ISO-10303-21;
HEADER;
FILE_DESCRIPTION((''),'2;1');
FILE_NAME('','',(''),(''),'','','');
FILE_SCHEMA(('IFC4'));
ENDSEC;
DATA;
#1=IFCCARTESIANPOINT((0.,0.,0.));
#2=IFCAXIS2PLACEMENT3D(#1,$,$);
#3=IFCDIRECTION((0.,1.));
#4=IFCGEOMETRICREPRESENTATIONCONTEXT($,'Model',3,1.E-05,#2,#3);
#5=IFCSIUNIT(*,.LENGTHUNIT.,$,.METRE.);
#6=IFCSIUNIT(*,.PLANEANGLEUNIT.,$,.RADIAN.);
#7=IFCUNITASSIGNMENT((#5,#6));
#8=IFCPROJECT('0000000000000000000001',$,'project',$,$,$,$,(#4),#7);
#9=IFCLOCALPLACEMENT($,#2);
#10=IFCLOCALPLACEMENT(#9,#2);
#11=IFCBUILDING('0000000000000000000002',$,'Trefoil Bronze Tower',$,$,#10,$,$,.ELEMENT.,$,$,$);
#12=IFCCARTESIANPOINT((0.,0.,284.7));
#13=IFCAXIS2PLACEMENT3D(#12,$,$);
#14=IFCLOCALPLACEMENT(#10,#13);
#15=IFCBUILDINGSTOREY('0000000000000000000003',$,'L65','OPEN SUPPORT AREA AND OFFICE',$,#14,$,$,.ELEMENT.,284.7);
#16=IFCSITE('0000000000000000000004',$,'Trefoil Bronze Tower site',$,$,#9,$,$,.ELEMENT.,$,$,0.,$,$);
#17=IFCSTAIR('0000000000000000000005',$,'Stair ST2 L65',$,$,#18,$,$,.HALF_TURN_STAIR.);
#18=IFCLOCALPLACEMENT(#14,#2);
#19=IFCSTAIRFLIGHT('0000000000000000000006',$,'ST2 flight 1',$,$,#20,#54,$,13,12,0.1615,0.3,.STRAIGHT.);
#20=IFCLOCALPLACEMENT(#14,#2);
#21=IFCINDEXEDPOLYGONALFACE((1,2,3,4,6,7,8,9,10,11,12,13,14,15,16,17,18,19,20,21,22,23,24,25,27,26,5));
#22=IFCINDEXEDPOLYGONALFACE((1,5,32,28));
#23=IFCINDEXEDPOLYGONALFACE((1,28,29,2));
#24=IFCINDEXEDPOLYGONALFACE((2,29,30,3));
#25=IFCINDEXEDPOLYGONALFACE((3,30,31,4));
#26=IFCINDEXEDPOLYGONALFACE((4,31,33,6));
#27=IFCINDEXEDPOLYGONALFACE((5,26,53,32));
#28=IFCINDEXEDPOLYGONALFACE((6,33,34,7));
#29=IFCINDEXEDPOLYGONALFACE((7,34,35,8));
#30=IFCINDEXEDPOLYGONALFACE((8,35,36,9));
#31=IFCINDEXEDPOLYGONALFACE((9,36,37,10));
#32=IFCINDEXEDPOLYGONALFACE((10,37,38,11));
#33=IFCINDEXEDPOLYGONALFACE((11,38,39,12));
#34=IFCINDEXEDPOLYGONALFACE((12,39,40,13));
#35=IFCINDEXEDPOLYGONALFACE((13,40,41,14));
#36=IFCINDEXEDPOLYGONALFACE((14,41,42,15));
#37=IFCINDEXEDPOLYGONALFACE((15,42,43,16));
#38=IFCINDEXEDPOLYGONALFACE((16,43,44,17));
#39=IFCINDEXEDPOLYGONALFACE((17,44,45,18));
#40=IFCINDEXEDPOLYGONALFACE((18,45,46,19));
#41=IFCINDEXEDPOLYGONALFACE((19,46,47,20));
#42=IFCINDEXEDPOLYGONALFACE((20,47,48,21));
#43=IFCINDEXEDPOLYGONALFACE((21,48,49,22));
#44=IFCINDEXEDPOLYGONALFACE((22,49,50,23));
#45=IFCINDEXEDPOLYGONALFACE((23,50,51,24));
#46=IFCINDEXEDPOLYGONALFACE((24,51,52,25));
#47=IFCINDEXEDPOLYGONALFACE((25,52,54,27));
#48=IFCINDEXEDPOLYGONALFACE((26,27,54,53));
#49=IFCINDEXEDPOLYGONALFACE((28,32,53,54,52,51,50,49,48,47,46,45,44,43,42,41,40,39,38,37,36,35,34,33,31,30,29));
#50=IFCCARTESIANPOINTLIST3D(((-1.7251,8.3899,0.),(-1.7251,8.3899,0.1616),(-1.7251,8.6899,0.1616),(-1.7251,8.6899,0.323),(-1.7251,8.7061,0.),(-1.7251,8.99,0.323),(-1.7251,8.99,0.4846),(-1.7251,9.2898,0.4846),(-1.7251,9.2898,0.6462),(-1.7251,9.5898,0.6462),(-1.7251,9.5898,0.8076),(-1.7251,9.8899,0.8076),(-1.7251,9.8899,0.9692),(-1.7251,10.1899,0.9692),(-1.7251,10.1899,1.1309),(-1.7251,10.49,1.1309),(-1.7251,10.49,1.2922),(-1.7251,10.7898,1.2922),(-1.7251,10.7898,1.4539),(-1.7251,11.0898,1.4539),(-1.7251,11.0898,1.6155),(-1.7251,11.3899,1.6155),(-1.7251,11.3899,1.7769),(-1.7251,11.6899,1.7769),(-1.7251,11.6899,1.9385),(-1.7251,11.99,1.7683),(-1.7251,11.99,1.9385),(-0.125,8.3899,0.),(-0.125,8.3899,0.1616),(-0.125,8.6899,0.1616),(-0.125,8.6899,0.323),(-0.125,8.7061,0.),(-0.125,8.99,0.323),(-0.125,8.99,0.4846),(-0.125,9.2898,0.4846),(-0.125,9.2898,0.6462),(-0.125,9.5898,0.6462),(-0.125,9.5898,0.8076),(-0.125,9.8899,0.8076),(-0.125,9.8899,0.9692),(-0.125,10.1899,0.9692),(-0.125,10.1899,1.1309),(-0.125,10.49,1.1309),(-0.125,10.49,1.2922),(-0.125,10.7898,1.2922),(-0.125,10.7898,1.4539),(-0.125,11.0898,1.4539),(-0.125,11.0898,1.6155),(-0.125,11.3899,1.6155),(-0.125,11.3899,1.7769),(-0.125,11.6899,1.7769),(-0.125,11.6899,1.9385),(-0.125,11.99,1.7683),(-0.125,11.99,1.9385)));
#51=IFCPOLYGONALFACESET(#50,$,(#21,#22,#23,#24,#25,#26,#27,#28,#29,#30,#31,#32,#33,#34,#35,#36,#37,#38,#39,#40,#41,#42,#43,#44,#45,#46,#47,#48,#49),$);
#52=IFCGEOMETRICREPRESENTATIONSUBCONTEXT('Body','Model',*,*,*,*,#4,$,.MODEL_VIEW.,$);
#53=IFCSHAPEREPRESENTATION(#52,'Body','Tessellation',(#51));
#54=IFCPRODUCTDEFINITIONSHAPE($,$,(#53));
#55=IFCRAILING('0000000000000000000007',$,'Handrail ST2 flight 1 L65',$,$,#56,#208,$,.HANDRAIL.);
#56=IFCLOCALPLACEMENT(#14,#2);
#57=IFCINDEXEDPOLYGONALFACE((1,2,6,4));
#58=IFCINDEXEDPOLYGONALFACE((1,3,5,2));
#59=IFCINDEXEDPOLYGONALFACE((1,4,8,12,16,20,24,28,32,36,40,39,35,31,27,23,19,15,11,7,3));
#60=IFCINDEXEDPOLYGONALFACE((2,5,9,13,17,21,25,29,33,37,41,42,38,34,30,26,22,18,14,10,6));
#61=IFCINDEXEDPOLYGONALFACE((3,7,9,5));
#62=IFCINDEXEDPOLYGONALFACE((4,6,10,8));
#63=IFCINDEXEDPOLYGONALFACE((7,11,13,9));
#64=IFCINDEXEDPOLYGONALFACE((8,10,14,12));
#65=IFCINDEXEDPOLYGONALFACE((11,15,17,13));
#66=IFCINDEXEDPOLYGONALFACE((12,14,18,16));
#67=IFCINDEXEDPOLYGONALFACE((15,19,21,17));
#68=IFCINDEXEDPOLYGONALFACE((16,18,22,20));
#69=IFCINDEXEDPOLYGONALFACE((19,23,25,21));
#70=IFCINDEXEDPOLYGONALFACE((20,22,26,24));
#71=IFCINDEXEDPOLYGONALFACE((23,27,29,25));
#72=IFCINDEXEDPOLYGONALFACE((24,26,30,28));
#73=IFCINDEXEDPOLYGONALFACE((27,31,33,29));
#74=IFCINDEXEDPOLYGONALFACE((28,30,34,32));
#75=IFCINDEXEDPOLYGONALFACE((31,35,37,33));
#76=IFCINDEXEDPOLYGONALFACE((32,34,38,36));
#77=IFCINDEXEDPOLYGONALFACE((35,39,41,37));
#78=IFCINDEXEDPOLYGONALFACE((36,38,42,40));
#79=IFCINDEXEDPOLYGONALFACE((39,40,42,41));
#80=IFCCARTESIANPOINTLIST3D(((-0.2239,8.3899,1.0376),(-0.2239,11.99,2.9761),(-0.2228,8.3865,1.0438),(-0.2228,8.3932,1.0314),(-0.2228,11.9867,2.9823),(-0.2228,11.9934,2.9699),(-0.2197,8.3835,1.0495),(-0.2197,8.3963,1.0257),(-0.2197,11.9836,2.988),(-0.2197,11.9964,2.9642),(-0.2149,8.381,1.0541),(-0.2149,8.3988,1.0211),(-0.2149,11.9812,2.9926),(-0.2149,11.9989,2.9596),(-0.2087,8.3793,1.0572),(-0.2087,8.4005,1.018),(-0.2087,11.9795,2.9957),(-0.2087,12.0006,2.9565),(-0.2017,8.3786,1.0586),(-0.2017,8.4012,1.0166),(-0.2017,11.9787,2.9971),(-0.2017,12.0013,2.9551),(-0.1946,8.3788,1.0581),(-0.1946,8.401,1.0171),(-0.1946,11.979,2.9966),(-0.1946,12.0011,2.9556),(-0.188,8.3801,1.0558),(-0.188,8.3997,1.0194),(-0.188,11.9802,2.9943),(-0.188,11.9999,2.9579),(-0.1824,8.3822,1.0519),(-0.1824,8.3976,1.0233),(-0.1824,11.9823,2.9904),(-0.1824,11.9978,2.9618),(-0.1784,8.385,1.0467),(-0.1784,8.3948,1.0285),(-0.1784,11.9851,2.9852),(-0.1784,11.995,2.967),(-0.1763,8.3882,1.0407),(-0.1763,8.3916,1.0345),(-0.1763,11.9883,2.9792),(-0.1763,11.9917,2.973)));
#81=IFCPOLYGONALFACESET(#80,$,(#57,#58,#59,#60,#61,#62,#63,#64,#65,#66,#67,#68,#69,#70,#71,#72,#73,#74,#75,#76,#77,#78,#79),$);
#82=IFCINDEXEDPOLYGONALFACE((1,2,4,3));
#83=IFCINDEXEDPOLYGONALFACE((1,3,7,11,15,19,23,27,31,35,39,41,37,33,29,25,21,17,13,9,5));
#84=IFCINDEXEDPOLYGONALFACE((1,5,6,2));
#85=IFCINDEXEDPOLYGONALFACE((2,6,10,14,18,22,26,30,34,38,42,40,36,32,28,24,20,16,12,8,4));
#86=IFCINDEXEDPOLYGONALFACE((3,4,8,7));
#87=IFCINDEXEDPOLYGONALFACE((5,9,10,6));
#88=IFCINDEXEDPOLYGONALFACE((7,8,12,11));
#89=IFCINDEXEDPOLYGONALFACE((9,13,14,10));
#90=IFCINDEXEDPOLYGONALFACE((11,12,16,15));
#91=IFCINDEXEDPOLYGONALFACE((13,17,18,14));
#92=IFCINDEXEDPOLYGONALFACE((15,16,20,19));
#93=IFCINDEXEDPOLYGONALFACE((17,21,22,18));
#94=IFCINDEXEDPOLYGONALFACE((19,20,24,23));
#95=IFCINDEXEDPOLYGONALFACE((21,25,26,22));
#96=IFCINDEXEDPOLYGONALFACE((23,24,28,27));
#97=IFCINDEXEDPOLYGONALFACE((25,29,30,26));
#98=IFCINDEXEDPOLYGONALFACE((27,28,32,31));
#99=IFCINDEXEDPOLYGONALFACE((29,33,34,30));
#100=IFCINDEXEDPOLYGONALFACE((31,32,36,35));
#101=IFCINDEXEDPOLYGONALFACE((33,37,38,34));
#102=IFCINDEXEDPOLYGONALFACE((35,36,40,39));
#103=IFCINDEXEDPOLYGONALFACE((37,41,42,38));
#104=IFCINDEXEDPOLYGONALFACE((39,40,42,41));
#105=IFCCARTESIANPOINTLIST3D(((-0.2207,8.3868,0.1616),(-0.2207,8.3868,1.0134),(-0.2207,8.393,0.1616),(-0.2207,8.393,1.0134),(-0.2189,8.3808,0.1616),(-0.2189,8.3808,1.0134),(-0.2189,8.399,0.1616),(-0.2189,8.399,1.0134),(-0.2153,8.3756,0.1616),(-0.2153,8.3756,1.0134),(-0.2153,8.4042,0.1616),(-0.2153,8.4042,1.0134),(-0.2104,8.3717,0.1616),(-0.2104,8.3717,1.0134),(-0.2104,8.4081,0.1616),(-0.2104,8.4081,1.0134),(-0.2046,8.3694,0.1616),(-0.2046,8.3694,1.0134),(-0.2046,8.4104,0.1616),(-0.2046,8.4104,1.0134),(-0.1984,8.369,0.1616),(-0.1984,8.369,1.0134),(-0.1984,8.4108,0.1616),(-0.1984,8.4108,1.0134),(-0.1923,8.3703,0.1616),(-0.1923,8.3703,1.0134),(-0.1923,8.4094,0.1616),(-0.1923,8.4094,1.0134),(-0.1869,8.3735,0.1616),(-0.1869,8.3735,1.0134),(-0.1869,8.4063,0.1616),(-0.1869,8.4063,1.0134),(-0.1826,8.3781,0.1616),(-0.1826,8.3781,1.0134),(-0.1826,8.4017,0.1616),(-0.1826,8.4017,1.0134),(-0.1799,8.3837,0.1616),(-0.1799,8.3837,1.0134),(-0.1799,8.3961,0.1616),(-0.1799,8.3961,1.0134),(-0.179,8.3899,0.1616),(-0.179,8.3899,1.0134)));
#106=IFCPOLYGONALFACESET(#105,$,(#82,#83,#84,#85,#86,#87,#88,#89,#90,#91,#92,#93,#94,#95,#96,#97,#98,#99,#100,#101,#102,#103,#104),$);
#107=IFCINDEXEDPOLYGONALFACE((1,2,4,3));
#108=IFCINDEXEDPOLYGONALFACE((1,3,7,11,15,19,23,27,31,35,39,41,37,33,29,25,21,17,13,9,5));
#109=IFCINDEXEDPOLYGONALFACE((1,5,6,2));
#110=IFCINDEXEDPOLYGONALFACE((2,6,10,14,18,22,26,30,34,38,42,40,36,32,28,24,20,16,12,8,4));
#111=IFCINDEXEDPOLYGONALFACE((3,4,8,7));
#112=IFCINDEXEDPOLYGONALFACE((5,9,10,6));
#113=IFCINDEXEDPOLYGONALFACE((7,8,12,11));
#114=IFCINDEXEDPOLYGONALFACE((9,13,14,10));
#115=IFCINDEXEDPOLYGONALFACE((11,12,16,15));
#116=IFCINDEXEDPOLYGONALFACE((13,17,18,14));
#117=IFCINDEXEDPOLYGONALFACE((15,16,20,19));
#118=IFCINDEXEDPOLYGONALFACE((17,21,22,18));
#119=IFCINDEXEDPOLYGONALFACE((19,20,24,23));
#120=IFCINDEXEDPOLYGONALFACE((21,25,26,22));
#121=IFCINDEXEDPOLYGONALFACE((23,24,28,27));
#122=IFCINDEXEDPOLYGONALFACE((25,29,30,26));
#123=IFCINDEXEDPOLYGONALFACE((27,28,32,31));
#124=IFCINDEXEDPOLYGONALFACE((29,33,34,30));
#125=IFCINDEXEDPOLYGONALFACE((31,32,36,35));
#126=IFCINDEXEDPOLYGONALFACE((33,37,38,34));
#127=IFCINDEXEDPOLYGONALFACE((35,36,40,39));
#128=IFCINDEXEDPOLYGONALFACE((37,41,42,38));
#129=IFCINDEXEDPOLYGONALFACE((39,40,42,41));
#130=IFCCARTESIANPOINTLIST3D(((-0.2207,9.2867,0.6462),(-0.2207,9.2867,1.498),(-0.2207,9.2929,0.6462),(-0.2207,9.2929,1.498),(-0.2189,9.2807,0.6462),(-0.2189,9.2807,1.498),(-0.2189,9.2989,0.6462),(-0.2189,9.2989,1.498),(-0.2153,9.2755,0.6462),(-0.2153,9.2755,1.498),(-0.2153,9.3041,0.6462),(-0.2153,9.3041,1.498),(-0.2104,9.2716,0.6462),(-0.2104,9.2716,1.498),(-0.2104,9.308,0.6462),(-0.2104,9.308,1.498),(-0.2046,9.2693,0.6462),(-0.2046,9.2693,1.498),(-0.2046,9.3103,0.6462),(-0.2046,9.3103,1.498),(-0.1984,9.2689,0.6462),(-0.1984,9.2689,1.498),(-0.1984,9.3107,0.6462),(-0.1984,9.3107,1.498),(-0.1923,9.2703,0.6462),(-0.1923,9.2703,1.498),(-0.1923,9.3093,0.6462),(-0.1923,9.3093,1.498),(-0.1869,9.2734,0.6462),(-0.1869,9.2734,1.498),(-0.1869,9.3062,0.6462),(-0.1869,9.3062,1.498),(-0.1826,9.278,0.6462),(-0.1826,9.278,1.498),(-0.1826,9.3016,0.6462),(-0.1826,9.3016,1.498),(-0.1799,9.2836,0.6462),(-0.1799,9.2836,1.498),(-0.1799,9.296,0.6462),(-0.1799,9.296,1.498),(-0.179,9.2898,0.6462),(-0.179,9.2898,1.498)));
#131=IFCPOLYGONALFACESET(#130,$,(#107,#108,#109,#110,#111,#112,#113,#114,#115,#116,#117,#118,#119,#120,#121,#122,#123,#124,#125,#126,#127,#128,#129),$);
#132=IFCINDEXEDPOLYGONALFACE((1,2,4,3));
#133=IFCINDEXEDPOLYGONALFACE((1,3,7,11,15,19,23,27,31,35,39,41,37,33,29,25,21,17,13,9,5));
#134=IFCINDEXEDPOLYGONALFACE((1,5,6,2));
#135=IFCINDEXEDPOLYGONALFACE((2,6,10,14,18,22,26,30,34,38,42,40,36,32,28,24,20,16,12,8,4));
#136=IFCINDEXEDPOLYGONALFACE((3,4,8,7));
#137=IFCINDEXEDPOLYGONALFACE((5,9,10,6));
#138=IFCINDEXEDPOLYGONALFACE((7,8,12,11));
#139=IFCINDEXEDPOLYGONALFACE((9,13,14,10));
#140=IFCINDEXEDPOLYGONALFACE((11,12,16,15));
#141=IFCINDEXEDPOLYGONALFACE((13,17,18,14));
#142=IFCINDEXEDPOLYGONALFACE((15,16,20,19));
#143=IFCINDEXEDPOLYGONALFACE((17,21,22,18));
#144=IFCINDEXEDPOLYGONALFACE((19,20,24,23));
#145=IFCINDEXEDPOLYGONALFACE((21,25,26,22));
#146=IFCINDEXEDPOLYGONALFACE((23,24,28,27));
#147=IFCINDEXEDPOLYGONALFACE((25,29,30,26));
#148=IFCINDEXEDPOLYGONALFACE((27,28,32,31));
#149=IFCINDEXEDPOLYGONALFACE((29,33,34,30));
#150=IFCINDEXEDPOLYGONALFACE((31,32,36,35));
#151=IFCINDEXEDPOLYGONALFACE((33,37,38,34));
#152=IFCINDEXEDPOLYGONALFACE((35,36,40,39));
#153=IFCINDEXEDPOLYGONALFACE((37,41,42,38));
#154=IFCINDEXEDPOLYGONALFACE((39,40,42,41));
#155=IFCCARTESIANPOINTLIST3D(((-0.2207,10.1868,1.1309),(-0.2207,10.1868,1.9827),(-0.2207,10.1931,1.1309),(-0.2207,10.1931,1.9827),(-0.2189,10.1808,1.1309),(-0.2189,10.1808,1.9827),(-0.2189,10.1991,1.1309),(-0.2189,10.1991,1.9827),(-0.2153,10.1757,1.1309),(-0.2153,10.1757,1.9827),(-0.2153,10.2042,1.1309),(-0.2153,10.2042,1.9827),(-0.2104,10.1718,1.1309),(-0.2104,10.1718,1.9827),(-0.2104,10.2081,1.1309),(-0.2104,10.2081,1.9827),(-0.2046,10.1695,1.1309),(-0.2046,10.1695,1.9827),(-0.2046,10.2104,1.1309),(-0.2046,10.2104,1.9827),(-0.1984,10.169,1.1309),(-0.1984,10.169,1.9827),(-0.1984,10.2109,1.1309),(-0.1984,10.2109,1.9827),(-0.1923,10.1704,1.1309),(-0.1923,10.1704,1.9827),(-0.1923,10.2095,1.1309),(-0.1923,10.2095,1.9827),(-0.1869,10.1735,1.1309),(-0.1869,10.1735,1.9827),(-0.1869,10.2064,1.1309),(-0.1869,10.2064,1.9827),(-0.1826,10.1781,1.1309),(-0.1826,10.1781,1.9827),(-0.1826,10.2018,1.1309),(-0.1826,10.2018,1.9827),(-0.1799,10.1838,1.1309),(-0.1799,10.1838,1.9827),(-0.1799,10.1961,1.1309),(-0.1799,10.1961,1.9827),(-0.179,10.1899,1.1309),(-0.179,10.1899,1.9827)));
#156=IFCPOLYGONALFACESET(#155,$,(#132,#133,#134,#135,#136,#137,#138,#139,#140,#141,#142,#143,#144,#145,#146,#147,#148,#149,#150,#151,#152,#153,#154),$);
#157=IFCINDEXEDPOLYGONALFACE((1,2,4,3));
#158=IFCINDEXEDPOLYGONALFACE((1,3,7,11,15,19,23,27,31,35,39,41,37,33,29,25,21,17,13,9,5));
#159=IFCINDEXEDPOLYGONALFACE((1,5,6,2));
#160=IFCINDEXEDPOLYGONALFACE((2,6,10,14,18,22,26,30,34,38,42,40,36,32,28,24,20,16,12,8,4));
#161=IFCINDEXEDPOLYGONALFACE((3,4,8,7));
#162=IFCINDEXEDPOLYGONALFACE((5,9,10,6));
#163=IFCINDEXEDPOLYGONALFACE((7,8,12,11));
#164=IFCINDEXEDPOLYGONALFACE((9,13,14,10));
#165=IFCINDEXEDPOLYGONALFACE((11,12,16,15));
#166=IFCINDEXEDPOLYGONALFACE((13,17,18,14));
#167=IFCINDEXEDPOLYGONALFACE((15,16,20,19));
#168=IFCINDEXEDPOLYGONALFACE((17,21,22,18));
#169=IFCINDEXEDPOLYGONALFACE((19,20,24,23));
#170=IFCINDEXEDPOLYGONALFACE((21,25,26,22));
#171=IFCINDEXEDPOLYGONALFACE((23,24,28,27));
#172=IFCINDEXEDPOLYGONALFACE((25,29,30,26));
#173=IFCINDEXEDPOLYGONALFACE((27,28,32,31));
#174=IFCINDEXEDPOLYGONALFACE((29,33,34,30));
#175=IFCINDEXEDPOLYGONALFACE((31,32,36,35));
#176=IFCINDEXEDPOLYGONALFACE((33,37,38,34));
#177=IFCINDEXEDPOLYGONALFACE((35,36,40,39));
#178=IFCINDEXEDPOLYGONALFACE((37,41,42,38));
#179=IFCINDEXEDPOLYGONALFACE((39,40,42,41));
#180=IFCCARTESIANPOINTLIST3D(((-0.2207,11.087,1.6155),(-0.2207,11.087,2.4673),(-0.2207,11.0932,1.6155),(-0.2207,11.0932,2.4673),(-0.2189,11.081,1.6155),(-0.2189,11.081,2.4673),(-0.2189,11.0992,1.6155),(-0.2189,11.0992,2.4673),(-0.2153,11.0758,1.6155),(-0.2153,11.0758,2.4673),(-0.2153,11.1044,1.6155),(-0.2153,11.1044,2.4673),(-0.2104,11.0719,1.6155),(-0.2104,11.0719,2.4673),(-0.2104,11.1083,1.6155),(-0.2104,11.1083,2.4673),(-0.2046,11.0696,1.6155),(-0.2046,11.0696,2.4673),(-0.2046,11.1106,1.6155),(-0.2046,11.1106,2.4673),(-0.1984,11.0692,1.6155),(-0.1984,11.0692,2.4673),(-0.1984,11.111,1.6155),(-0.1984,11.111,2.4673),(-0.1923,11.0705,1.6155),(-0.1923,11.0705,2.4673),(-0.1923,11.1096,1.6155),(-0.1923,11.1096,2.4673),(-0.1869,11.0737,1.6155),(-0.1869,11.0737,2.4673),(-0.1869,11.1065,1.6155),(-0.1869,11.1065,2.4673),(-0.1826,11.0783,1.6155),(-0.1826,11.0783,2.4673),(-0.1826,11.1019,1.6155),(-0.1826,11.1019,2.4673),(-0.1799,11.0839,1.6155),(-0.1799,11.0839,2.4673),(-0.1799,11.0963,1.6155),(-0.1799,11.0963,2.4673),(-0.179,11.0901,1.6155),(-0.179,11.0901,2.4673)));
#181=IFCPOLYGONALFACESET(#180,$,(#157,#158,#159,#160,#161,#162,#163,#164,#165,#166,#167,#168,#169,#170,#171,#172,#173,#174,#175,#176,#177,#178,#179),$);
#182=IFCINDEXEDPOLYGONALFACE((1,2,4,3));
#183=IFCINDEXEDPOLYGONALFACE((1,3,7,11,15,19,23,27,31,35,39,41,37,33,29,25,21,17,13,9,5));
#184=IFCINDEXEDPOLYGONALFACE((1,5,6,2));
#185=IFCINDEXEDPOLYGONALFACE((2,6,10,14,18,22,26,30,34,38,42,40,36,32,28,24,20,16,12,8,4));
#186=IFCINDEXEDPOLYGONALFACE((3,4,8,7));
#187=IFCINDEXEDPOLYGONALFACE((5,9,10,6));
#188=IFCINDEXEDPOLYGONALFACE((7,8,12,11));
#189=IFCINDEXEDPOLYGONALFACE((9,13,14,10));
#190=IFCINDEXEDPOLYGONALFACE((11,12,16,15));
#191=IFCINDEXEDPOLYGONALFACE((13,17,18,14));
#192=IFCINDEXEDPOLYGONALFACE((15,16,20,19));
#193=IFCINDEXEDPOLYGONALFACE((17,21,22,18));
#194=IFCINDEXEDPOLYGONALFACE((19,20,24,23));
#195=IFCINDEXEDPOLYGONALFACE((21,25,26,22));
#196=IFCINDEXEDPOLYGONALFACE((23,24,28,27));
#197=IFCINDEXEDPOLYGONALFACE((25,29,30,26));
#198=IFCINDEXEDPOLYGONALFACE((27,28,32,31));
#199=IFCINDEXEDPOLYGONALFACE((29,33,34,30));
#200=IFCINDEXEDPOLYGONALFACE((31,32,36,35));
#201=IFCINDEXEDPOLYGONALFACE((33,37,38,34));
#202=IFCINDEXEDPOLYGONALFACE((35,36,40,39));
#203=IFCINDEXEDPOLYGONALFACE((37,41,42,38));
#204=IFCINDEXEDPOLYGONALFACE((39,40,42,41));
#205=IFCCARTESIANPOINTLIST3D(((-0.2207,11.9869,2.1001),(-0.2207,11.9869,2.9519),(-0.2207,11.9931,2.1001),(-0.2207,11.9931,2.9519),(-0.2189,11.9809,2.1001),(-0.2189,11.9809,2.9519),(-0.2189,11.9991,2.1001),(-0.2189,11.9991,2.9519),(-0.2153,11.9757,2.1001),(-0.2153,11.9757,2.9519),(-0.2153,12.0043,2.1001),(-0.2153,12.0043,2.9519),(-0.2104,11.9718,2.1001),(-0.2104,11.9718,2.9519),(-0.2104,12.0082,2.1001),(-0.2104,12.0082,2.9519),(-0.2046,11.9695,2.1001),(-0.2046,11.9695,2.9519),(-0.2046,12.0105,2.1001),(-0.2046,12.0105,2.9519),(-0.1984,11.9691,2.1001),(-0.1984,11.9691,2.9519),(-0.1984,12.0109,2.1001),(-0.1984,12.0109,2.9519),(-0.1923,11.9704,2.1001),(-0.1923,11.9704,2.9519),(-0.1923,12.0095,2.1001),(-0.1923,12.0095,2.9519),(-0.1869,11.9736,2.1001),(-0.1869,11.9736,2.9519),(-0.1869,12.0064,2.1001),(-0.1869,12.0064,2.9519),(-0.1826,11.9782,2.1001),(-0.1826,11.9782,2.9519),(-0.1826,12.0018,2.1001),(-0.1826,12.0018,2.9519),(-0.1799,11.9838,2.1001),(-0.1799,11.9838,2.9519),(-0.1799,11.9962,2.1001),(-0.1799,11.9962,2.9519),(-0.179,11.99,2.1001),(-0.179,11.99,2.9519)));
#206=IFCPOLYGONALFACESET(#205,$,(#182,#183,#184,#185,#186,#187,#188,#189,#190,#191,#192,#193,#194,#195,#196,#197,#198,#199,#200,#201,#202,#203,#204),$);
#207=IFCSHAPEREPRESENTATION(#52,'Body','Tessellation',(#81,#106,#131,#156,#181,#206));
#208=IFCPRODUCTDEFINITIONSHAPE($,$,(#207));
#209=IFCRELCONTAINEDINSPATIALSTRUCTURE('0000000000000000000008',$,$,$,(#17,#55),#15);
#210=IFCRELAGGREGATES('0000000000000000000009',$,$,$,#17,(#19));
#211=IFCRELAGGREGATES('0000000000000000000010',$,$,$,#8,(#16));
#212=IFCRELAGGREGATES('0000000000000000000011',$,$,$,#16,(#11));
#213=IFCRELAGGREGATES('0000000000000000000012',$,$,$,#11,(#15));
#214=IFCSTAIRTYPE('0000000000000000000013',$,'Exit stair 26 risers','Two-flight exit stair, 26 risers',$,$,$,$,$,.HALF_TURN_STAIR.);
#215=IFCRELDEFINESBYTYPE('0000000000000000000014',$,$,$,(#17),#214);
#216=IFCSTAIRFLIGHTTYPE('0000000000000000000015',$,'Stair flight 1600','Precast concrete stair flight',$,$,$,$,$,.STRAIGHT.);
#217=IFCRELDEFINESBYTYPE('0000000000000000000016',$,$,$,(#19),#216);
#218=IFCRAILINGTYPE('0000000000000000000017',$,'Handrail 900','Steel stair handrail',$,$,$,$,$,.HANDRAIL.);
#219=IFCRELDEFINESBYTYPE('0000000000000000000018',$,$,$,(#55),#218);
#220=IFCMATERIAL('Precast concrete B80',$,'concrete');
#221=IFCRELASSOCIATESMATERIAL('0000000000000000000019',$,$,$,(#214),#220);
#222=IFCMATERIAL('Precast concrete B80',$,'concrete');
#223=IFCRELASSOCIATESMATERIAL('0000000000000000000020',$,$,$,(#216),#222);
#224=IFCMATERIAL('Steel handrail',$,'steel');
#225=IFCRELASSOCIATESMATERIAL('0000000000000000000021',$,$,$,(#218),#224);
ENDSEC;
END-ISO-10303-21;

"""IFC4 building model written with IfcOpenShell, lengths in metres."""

from ifc_helpers import new_model, si_unit, direction, frame, origin, origin_2d, place, context, subcontext, project, spatial, polyline, circle, outline, extrude, material, type_object, element, aggregate, save


model = new_model("IFC4")

# Units and contexts
model_context = context("Model", 3, precision=1e-05, world=origin(), true_north=direction((0.0, 1.0)))
body_context = subcontext(model_context, "Body", "Model", "MODEL_VIEW")
ifc_project = project(units=[si_unit("LENGTHUNIT", "METRE"), si_unit("PLANEANGLEUNIT", "RADIAN")], contexts=[model_context])

# Site, building, storey
site_placement = place(None, origin())
site = spatial("IfcSite", under=ifc_project, at=site_placement, Name="Trefoil Bronze Tower site", CompositionType="ELEMENT", RefElevation=0.0)
building_placement = place(site_placement, origin())
building = spatial("IfcBuilding", under=site, at=building_placement, Name="Trefoil Bronze Tower", CompositionType="ELEMENT")
storey_placement = place(building_placement, frame((0.0, 0.0, 284.7)))
storey = spatial("IfcBuildingStorey", under=building, at=storey_placement, Name="L65", Description="OPEN SUPPORT AREA AND OFFICE", CompositionType="ELEMENT", Elevation=284.7)

# Stair, stair flight
ifc_material_1 = material(Name="Precast concrete B80", Category="concrete")
stair_type = type_object("IfcStairType", Name="Exit stair 26 risers", Description="Two-flight exit stair, 26 risers", PredefinedType="HALF_TURN_STAIR", material=ifc_material_1)
stair_placement = place(storey_placement, origin())
stair = element("IfcStair", 1, at=stair_placement, inside=storey, type_object=stair_type, Name="Stair ST2 L65", PredefinedType="HALF_TURN_STAIR")
ifc_material_2 = material(Name="Precast concrete B80", Category="concrete")
stair_flight_type = type_object("IfcStairFlightType", Name="Stair flight 1600", Description="Precast concrete stair flight", PredefinedType="STRAIGHT", material=ifc_material_2)
stair_flight_placement = place(storey_placement, frame((-0.925, 8.3899, 0.0), z_axis=(0.0, 0.0, 1.0), x_axis=(0.0, 1.0, 0.0)))
stair_flight = element("IfcStairFlight", 2, at=stair_flight_placement, type_object=stair_flight_type, Name="ST2 flight 1", NumberOfRisers=13, NumberOfTreads=12, PredefinedType="STRAIGHT", RiserHeight=0.1615, TreadLength=0.3, context=body_context, shape_type="SweptSolid", body=[
    extrude(outline(polyline([(0.0, 0.0), (0.0, 0.1616), (0.3, 0.1616), (0.3, 0.323), (0.6001, 0.323), (0.6001, 0.4846), (0.8999, 0.4846), (0.8999, 0.6462), (1.2, 0.6462), (1.2, 0.8076), (1.5, 0.8076), (1.5, 0.9692), (1.8, 0.9692), (1.8, 1.1309), (2.1001, 1.1309), (2.1001, 1.2922), (2.3999, 1.2922), (2.3999, 1.4539), (2.7, 1.4539), (2.7, 1.6155), (3.0, 1.6155), (3.0, 1.7769), (3.3, 1.7769), (3.3, 1.9385), (3.6001, 1.9385), (3.6001, 2.1001), (3.6001, 1.7683), (0.3162, 0.0), (0.0, 0.0)])), frame((0.0, 0.8, 0.0), z_axis=(0.0, -1.0, 0.0), x_axis=(1.0, 0.0, 0.0)), (0.0, 0.0, 1.0), 1.6001),
])
aggregate(stair, [stair_flight])

# Railing
ifc_material_3 = material(Name="Steel handrail", Category="steel")
railing_type = type_object("IfcRailingType", Name="Handrail 900", Description="Steel stair handrail", PredefinedType="HANDRAIL", material=ifc_material_3)
railing_placement = place(storey_placement, frame((-0.2, 8.3899, 0.1616)))
element("IfcRailing", 3, at=railing_placement, inside=storey, type_object=railing_type, Name="Handrail ST2 flight 1 L65", PredefinedType="HANDRAIL", context=body_context, shape_type="SweptSolid", body=[
    extrude(circle(Radius=0.0239, at=origin_2d()), frame((0.0, 0.0, 0.876), z_axis=(0.0, 0.880475, 0.474093), x_axis=(-1.0, 0.0, 0.0)), (0.0, 0.0, 1.0), 4.0889),
    extrude(circle(Radius=0.021, at=origin_2d()), origin(), (0.0, 0.0, 1.0), 0.8518),
    extrude(circle(Radius=0.021, at=origin_2d()), frame((0.0, 0.8999, 0.4846)), (0.0, 0.0, 1.0), 0.8518),
    extrude(circle(Radius=0.021, at=origin_2d()), frame((0.0, 1.8, 0.9692)), (0.0, 0.0, 1.0), 0.8518),
    extrude(circle(Radius=0.021, at=origin_2d()), frame((0.0, 2.7002, 1.4539)), (0.0, 0.0, 1.0), 0.8518),
    extrude(circle(Radius=0.021, at=origin_2d()), frame((0.0, 3.6001, 1.9385)), (0.0, 0.0, 1.0), 0.8518),
])

save(model, "model.ifc")
